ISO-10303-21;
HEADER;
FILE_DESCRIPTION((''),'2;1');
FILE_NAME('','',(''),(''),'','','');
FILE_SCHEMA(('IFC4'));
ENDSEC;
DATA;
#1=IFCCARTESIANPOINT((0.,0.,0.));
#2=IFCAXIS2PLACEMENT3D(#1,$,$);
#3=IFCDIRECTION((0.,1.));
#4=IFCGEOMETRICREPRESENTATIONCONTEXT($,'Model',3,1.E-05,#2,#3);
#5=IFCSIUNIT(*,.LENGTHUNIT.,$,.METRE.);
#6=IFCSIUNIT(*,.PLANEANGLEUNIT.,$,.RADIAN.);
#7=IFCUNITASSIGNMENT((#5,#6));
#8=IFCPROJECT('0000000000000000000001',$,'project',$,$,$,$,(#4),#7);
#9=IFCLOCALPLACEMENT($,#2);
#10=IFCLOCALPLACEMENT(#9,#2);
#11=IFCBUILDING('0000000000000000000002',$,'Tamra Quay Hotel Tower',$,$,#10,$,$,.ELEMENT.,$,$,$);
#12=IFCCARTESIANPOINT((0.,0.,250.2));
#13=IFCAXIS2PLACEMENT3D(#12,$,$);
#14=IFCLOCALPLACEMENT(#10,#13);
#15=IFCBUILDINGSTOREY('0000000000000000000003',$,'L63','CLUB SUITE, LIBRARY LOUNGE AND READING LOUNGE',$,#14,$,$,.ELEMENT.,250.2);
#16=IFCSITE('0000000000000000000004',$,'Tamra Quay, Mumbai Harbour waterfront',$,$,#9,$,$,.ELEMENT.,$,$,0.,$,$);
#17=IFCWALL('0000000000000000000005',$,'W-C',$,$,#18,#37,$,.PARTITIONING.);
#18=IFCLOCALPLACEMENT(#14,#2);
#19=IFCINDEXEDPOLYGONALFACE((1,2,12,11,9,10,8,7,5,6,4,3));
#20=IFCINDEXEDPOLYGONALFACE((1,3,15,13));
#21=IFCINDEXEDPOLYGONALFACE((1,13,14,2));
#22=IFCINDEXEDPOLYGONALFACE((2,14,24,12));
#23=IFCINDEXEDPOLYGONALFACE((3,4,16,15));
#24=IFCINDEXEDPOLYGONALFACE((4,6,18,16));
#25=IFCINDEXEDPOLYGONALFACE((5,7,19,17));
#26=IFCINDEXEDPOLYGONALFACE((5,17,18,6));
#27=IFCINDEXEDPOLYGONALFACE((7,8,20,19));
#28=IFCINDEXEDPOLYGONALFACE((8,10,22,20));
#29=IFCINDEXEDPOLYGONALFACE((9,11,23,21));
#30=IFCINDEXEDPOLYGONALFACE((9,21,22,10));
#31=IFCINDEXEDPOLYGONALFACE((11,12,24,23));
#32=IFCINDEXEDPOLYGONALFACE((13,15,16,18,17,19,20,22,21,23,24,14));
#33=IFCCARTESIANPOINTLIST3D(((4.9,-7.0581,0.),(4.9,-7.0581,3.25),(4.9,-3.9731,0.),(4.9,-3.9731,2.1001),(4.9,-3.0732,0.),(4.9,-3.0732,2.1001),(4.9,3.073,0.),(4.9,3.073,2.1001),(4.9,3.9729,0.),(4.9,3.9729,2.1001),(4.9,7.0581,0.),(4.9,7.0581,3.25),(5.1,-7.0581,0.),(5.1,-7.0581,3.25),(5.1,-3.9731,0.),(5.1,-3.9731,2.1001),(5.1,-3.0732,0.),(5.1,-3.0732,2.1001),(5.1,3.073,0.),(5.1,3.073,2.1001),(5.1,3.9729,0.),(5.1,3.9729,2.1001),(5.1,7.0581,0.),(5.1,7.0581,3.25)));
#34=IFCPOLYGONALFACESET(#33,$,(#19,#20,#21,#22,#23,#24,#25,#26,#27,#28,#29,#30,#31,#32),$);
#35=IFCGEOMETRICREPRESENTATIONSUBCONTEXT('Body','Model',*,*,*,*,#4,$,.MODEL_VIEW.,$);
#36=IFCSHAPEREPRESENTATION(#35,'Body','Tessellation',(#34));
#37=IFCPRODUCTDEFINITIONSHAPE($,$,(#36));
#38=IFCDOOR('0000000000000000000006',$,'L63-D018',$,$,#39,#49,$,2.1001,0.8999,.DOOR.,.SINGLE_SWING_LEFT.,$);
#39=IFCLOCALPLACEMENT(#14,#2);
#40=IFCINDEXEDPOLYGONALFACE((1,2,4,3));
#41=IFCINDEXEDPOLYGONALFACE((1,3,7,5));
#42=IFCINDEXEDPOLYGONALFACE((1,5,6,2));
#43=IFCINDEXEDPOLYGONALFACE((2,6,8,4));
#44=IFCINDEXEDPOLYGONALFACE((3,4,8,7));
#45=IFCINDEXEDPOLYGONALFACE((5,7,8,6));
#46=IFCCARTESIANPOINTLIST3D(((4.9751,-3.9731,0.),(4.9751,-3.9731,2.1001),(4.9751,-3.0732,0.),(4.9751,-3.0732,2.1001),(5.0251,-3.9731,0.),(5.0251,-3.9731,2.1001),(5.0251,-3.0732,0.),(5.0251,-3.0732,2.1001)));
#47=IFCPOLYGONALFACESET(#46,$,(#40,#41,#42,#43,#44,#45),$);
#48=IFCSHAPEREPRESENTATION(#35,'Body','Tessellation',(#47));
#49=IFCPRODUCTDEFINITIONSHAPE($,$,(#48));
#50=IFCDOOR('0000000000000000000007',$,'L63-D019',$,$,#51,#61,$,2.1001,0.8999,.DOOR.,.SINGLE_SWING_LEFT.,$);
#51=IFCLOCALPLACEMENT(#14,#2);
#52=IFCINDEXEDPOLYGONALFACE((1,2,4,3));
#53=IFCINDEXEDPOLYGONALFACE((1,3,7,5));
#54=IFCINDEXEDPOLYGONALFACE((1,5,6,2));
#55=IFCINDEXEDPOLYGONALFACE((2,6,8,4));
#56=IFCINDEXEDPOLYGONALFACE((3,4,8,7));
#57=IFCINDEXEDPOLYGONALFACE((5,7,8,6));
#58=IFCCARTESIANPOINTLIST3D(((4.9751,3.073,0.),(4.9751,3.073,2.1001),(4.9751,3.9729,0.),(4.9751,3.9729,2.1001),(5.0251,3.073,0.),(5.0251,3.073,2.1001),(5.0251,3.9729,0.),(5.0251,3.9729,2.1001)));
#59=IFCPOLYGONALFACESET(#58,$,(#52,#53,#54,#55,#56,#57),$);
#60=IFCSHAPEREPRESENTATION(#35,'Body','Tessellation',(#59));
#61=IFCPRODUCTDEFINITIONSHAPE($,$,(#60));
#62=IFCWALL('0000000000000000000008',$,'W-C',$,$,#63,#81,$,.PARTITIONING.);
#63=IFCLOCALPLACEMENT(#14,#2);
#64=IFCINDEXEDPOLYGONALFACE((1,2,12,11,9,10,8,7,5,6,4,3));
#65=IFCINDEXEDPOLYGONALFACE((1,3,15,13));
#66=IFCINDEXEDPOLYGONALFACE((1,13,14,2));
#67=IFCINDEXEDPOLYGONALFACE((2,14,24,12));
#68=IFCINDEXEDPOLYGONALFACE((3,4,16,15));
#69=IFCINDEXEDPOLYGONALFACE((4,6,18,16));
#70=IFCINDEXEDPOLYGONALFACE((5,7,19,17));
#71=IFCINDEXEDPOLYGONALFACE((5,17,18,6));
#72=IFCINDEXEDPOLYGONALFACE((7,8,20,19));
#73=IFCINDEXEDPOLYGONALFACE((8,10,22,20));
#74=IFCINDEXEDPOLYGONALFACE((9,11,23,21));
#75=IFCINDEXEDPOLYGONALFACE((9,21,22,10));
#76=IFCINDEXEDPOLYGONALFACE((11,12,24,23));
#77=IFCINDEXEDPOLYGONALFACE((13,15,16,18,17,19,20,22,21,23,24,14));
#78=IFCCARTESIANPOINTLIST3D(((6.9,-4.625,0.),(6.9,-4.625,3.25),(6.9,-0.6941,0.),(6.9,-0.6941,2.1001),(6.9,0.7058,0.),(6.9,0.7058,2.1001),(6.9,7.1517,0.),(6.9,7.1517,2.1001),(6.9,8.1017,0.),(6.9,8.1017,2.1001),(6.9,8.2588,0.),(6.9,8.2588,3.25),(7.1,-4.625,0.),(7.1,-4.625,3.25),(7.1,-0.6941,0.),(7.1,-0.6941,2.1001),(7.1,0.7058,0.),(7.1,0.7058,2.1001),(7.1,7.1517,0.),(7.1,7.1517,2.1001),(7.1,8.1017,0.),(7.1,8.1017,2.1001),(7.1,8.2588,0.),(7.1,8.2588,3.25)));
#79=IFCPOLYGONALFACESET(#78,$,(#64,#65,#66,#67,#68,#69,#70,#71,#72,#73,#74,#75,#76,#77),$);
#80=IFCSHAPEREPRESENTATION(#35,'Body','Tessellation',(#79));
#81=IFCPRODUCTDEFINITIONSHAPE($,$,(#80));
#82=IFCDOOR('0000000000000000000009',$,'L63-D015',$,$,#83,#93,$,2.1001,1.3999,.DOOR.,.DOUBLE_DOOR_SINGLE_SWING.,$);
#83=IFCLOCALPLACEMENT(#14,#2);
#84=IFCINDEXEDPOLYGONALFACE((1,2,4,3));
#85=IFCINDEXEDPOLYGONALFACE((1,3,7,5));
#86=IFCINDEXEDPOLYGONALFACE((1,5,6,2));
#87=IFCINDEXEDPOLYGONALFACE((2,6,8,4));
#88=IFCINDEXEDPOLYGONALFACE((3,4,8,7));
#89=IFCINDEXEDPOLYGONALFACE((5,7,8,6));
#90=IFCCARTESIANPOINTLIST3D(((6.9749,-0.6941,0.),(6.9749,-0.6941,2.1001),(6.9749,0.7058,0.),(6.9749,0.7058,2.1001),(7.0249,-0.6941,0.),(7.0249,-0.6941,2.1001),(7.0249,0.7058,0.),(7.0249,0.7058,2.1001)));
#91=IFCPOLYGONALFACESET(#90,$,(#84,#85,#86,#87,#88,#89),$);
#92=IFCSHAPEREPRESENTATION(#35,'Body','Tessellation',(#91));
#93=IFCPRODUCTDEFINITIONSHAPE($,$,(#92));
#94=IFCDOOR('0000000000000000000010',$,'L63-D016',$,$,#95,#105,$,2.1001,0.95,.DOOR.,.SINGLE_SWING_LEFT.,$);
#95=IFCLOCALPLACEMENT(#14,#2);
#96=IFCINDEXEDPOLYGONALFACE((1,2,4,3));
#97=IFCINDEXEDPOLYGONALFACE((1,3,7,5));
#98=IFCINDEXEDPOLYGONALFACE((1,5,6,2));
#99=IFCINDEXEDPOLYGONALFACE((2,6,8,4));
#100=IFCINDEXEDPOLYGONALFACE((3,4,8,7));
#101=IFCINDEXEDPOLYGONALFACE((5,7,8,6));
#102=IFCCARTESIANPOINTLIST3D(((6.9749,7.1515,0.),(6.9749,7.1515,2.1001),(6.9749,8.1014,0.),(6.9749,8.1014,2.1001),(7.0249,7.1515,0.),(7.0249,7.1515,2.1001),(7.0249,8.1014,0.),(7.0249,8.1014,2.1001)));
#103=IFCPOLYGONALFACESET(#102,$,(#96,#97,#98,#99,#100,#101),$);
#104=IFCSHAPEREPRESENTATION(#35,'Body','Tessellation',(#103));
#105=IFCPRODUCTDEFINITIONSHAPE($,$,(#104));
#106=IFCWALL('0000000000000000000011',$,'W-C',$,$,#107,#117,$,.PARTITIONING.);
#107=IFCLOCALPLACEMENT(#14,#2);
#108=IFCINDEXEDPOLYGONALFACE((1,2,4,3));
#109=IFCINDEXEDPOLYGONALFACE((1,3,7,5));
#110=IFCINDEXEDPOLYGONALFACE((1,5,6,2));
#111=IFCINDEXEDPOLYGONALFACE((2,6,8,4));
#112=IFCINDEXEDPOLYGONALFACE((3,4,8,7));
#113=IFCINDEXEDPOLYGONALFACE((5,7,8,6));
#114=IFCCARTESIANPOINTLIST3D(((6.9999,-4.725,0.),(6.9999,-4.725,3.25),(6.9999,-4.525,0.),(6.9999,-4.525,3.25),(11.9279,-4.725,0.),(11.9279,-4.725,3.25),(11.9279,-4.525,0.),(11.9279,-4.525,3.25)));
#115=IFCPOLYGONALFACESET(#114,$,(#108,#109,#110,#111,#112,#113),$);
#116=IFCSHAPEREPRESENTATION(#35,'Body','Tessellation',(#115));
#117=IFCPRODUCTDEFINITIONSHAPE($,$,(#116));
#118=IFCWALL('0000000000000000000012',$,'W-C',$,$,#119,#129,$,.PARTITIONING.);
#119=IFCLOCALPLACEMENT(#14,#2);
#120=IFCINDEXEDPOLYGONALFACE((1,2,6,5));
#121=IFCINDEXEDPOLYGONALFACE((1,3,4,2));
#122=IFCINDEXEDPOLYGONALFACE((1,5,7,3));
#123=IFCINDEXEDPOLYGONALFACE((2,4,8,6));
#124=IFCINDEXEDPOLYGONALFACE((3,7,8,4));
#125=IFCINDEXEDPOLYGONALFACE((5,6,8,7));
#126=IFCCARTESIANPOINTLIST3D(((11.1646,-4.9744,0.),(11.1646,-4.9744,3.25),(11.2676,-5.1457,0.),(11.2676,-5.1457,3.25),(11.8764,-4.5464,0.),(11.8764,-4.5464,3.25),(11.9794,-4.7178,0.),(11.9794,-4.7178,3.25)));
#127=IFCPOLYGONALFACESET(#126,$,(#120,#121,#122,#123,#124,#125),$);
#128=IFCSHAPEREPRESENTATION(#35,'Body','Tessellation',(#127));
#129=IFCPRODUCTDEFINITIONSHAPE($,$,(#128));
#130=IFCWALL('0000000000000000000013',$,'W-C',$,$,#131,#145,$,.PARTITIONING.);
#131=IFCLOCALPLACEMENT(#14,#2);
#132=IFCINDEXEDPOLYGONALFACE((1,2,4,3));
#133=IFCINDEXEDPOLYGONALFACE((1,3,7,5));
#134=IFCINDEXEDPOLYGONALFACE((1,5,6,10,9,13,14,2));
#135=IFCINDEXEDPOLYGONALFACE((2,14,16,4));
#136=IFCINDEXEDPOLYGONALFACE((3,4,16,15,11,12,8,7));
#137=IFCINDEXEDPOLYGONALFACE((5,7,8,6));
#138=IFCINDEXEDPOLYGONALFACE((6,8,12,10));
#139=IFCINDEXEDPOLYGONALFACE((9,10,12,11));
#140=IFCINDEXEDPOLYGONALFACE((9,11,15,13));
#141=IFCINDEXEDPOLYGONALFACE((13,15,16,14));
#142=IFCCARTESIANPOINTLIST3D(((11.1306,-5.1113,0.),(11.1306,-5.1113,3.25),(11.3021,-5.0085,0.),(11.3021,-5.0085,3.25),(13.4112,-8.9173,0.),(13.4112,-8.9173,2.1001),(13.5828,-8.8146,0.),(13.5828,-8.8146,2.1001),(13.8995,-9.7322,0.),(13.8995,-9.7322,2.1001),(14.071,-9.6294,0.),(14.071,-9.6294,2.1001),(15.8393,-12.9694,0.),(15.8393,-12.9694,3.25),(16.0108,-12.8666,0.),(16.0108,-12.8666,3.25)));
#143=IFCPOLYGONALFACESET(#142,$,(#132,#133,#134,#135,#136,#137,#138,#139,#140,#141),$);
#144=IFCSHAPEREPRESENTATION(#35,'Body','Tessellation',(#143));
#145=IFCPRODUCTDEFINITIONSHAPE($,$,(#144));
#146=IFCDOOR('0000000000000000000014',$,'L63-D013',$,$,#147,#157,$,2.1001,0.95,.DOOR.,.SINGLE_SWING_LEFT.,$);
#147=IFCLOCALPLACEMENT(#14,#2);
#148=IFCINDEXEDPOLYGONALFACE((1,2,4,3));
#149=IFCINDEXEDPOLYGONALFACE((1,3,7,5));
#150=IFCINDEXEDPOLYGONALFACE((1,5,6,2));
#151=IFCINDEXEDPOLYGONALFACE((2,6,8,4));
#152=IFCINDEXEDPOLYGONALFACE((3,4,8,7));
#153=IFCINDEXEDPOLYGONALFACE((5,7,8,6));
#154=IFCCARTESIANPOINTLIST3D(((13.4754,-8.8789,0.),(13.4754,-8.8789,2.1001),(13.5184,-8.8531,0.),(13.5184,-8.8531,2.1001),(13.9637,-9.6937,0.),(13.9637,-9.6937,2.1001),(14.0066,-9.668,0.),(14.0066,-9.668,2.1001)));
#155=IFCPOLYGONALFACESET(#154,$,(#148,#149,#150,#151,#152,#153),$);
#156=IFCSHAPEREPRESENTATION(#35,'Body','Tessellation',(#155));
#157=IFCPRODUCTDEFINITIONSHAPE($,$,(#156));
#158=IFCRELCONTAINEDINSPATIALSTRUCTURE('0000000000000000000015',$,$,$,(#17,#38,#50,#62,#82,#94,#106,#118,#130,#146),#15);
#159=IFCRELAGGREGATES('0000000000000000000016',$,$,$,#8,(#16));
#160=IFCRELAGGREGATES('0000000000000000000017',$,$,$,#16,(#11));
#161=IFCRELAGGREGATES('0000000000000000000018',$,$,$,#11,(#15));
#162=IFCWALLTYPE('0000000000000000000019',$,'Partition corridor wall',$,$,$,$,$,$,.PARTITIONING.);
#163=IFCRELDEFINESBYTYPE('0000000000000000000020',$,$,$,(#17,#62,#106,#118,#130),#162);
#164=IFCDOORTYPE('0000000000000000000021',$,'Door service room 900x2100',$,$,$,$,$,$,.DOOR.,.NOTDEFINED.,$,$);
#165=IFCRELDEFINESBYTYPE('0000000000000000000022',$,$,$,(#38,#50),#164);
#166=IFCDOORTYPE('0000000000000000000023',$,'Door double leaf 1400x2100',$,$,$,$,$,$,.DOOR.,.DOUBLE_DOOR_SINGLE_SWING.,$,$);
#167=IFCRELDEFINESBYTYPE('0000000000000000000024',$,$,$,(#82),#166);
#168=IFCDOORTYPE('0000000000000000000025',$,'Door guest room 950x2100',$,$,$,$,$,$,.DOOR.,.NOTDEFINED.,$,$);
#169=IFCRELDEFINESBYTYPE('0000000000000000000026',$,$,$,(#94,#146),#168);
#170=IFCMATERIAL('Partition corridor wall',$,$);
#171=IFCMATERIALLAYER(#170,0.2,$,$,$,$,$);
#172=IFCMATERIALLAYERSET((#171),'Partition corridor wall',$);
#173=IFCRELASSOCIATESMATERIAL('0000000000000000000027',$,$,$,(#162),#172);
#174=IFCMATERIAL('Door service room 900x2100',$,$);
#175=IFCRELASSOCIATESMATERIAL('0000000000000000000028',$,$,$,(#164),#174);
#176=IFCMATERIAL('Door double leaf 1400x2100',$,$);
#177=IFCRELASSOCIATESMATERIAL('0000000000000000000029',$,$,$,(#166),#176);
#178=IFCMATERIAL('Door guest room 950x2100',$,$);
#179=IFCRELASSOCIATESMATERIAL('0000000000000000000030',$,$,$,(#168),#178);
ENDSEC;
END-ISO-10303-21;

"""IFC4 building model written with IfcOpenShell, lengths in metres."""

from ifc_helpers import new_model, si_unit, direction, frame, frame_2d, origin, place, context, subcontext, project, spatial, rectangle, extrude, material, layer, layer_set, type_object, element, fill, save


model = new_model("IFC4")

# Units and contexts
model_context = context("Model", 3, precision=1e-05, world=origin(), true_north=direction((0.0, 1.0)))
body_context = subcontext(model_context, "Body", "Model", "MODEL_VIEW")
ifc_project = project(units=[si_unit("LENGTHUNIT", "METRE"), si_unit("PLANEANGLEUNIT", "RADIAN")], contexts=[model_context])

# Site, building, storey
site_placement = place(None, origin())
site = spatial("IfcSite", under=ifc_project, at=site_placement, Name="Tamra Quay, Mumbai Harbour waterfront", CompositionType="ELEMENT", RefElevation=0.0)
building_placement = place(site_placement, origin())
building = spatial("IfcBuilding", under=site, at=building_placement, Name="Tamra Quay Hotel Tower", CompositionType="ELEMENT")
storey_placement = place(building_placement, frame((0.0, 0.0, 250.2)))
storey = spatial("IfcBuildingStorey", under=building, at=storey_placement, Name="L63", Description="CLUB SUITE, LIBRARY LOUNGE AND READING LOUNGE", CompositionType="ELEMENT", Elevation=250.2)

# Shared definitions
ifc_material_1 = material(Name="Partition corridor wall")
ifc_layer_1 = layer(ifc_material_1, 0.2)
ifc_layer_set_1 = layer_set([ifc_layer_1], Name="Partition corridor wall")
wall_type_1 = type_object("IfcWallType", Name="Partition corridor wall", PredefinedType="PARTITIONING", material=ifc_layer_set_1)

# Walls, openings, doors
wall_1_placement = place(storey_placement, frame((5.0, -7.0581, 0.0), z_axis=(0.0, 0.0, 1.0), x_axis=(0.0, 1.0, 0.0)))
wall_1 = element("IfcWall", 1, at=wall_1_placement, inside=storey, type_object=wall_type_1, Name="W-C", PredefinedType="PARTITIONING", context=body_context, shape_type="SweptSolid", body=[
    extrude(rectangle(XDim=14.1162, YDim=0.2, at=frame_2d((7.0581, 0.0))), origin(), (0.0, 0.0, 1.0), 3.25),
])
opening_1_placement = place(wall_1_placement, frame((3.085, 0.0, 0.0)))
opening_1 = element("IfcOpeningElement", 2, at=opening_1_placement, cuts=wall_1, PredefinedType="OPENING", context=body_context, shape_type="SweptSolid", body=[
    extrude(rectangle(XDim=0.8999, YDim=2.1001, at=frame_2d((0.45, 1.05))), frame((0.0, 0.1099, 0.0), z_axis=(0.0, -1.0, 0.0), x_axis=(1.0, 0.0, 0.0)), (0.0, 0.0, 1.0), 0.22),
])
opening_2_placement = place(wall_1_placement, frame((10.1311, 0.0, 0.0)))
opening_2 = element("IfcOpeningElement", 3, at=opening_2_placement, cuts=wall_1, PredefinedType="OPENING", context=body_context, shape_type="SweptSolid", body=[
    extrude(rectangle(XDim=0.8999, YDim=2.1001, at=frame_2d((0.45, 1.05))), frame((0.0, 0.1099, 0.0), z_axis=(0.0, -1.0, 0.0), x_axis=(1.0, 0.0, 0.0)), (0.0, 0.0, 1.0), 0.22),
])
ifc_material_2 = material(Name="Door service room 900x2100")
door_type_1 = type_object("IfcDoorType", Name="Door service room 900x2100", OperationType="NOTDEFINED", PredefinedType="DOOR", material=ifc_material_2)
door_1_placement = place(opening_1_placement, origin())
door_1 = element("IfcDoor", 4, at=door_1_placement, inside=storey, type_object=door_type_1, Name="L63-D018", OperationType="SINGLE_SWING_LEFT", OverallHeight=2.1001, OverallWidth=0.8999, PredefinedType="DOOR", context=body_context, shape_type="SweptSolid", body=[
    extrude(rectangle(XDim=0.8999, YDim=2.1001, at=frame_2d((0.45, 1.05))), frame((0.0, 0.0249, 0.0), z_axis=(0.0, -1.0, 0.0), x_axis=(1.0, 0.0, 0.0)), (0.0, 0.0, 1.0), 0.05),
])
fill(opening_1, door_1)
door_2_placement = place(opening_2_placement, origin())
door_2 = element("IfcDoor", 5, at=door_2_placement, inside=storey, type_object=door_type_1, Name="L63-D019", OperationType="SINGLE_SWING_LEFT", OverallHeight=2.1001, OverallWidth=0.8999, PredefinedType="DOOR", context=body_context, shape_type="SweptSolid", body=[
    extrude(rectangle(XDim=0.8999, YDim=2.1001, at=frame_2d((0.45, 1.05))), frame((0.0, 0.0249, 0.0), z_axis=(0.0, -1.0, 0.0), x_axis=(1.0, 0.0, 0.0)), (0.0, 0.0, 1.0), 0.05),
])
fill(opening_2, door_2)
wall_2_placement = place(storey_placement, frame((7.0, -4.625, 0.0), z_axis=(0.0, 0.0, 1.0), x_axis=(0.0, 1.0, 0.0)))
wall_2 = element("IfcWall", 6, at=wall_2_placement, inside=storey, type_object=wall_type_1, Name="W-C", PredefinedType="PARTITIONING", context=body_context, shape_type="SweptSolid", body=[
    extrude(rectangle(XDim=12.8838, YDim=0.2, at=frame_2d((6.4419, 0.0))), origin(), (0.0, 0.0, 1.0), 3.25),
])
opening_3_placement = place(wall_2_placement, frame((3.9309, 0.0, 0.0)))
opening_3 = element("IfcOpeningElement", 7, at=opening_3_placement, cuts=wall_2, PredefinedType="OPENING", context=body_context, shape_type="SweptSolid", body=[
    extrude(rectangle(XDim=1.3999, YDim=2.1001, at=frame_2d((0.7, 1.05))), frame((0.0, 0.1099, 0.0), z_axis=(0.0, -1.0, 0.0), x_axis=(1.0, 0.0, 0.0)), (0.0, 0.0, 1.0), 0.22),
])
opening_4_placement = place(wall_2_placement, frame((11.7766, 0.0, 0.0)))
opening_4 = element("IfcOpeningElement", 8, at=opening_4_placement, cuts=wall_2, PredefinedType="OPENING", context=body_context, shape_type="SweptSolid", body=[
    extrude(rectangle(XDim=0.95, YDim=2.1001, at=frame_2d((0.4751, 1.05))), frame((0.0, 0.1099, 0.0), z_axis=(0.0, -1.0, 0.0), x_axis=(1.0, 0.0, 0.0)), (0.0, 0.0, 1.0), 0.22),
])
ifc_material_3 = material(Name="Door double leaf 1400x2100")
door_type_2 = type_object("IfcDoorType", Name="Door double leaf 1400x2100", OperationType="DOUBLE_DOOR_SINGLE_SWING", PredefinedType="DOOR", material=ifc_material_3)
door_3_placement = place(opening_3_placement, frame((1.3999, 0.0, 0.0), z_axis=(0.0, 0.0, 1.0), x_axis=(-1.0, 0.0, 0.0)))
door_3 = element("IfcDoor", 9, at=door_3_placement, inside=storey, type_object=door_type_2, Name="L63-D015", OperationType="DOUBLE_DOOR_SINGLE_SWING", OverallHeight=2.1001, OverallWidth=1.3999, PredefinedType="DOOR", context=body_context, shape_type="SweptSolid", body=[
    extrude(rectangle(XDim=1.3999, YDim=2.1001, at=frame_2d((0.7, 1.05))), frame((0.0, 0.0249, 0.0), z_axis=(0.0, -1.0, 0.0), x_axis=(1.0, 0.0, 0.0)), (0.0, 0.0, 1.0), 0.05),
])
fill(opening_3, door_3)
ifc_material_4 = material(Name="Door guest room 950x2100")
door_type_3 = type_object("IfcDoorType", Name="Door guest room 950x2100", OperationType="NOTDEFINED", PredefinedType="DOOR", material=ifc_material_4)
door_4_placement = place(opening_4_placement, frame((0.95, 0.0, 0.0), z_axis=(0.0, 0.0, 1.0), x_axis=(-1.0, 0.0, 0.0)))
door_4 = element("IfcDoor", 10, at=door_4_placement, inside=storey, type_object=door_type_3, Name="L63-D016", OperationType="SINGLE_SWING_LEFT", OverallHeight=2.1001, OverallWidth=0.95, PredefinedType="DOOR", context=body_context, shape_type="SweptSolid", body=[
    extrude(rectangle(XDim=0.95, YDim=2.1001, at=frame_2d((0.4751, 1.05))), frame((0.0, 0.0249, 0.0), z_axis=(0.0, -1.0, 0.0), x_axis=(1.0, 0.0, 0.0)), (0.0, 0.0, 1.0), 0.05),
])
fill(opening_4, door_4)

# Walls
wall_3_placement = place(storey_placement, frame((7.0, -4.625, 0.0), z_axis=(0.0, 0.0, 1.0), x_axis=(1.0, 0.0, 0.0)))
element("IfcWall", 11, at=wall_3_placement, inside=storey, type_object=wall_type_1, Name="W-C", PredefinedType="PARTITIONING", context=body_context, shape_type="SweptSolid", body=[
    extrude(rectangle(XDim=4.928, YDim=0.2, at=frame_2d((2.4639, 0.0))), origin(), (0.0, 0.0, 1.0), 3.25),
])
wall_4_placement = place(storey_placement, frame((11.2161, -5.0601, 0.0), z_axis=(0.0, 0.0, 1.0), x_axis=(0.857052, 0.51523, 0.0)))
element("IfcWall", 12, at=wall_4_placement, inside=storey, type_object=wall_type_1, Name="W-C", PredefinedType="PARTITIONING", context=body_context, shape_type="SweptSolid", body=[
    extrude(rectangle(XDim=0.8306, YDim=0.2, at=frame_2d((0.4153, 0.0))), origin(), (0.0, 0.0, 1.0), 3.25),
])

# Wall, opening, door
wall_5_placement = place(storey_placement, frame((11.2163, -5.0598, 0.0), z_axis=(0.0, 0.0, 1.0), x_axis=(0.514002, -0.857789, 0.0)))
wall_5 = element("IfcWall", 13, at=wall_5_placement, inside=storey, type_object=wall_type_1, Name="W-C", PredefinedType="PARTITIONING", context=body_context, shape_type="SweptSolid", body=[
    extrude(rectangle(XDim=9.1609, YDim=0.2, at=frame_2d((4.5806, 0.0))), origin(), (0.0, 0.0, 1.0), 3.25),
])
opening_5_placement = place(wall_5_placement, frame((4.437, 0.0, 0.0)))
opening_5 = element("IfcOpeningElement", 14, at=opening_5_placement, cuts=wall_5, PredefinedType="OPENING", context=body_context, shape_type="SweptSolid", body=[
    extrude(rectangle(XDim=0.95, YDim=2.1001, at=frame_2d((0.4751, 1.05))), frame((0.0, 0.1099, 0.0), z_axis=(0.0, -1.0, 0.0), x_axis=(1.0, 0.0, 0.0)), (0.0, 0.0, 1.0), 0.22),
])
door_5_placement = place(opening_5_placement, origin())
door_5 = element("IfcDoor", 15, at=door_5_placement, inside=storey, type_object=door_type_3, Name="L63-D013", OperationType="SINGLE_SWING_LEFT", OverallHeight=2.1001, OverallWidth=0.95, PredefinedType="DOOR", context=body_context, shape_type="SweptSolid", body=[
    extrude(rectangle(XDim=0.95, YDim=2.1001, at=frame_2d((0.4751, 1.05))), frame((0.0, 0.0249, 0.0), z_axis=(0.0, -1.0, 0.0), x_axis=(1.0, 0.0, 0.0)), (0.0, 0.0, 1.0), 0.05),
])
fill(opening_5, door_5)

save(model, "model.ifc")
